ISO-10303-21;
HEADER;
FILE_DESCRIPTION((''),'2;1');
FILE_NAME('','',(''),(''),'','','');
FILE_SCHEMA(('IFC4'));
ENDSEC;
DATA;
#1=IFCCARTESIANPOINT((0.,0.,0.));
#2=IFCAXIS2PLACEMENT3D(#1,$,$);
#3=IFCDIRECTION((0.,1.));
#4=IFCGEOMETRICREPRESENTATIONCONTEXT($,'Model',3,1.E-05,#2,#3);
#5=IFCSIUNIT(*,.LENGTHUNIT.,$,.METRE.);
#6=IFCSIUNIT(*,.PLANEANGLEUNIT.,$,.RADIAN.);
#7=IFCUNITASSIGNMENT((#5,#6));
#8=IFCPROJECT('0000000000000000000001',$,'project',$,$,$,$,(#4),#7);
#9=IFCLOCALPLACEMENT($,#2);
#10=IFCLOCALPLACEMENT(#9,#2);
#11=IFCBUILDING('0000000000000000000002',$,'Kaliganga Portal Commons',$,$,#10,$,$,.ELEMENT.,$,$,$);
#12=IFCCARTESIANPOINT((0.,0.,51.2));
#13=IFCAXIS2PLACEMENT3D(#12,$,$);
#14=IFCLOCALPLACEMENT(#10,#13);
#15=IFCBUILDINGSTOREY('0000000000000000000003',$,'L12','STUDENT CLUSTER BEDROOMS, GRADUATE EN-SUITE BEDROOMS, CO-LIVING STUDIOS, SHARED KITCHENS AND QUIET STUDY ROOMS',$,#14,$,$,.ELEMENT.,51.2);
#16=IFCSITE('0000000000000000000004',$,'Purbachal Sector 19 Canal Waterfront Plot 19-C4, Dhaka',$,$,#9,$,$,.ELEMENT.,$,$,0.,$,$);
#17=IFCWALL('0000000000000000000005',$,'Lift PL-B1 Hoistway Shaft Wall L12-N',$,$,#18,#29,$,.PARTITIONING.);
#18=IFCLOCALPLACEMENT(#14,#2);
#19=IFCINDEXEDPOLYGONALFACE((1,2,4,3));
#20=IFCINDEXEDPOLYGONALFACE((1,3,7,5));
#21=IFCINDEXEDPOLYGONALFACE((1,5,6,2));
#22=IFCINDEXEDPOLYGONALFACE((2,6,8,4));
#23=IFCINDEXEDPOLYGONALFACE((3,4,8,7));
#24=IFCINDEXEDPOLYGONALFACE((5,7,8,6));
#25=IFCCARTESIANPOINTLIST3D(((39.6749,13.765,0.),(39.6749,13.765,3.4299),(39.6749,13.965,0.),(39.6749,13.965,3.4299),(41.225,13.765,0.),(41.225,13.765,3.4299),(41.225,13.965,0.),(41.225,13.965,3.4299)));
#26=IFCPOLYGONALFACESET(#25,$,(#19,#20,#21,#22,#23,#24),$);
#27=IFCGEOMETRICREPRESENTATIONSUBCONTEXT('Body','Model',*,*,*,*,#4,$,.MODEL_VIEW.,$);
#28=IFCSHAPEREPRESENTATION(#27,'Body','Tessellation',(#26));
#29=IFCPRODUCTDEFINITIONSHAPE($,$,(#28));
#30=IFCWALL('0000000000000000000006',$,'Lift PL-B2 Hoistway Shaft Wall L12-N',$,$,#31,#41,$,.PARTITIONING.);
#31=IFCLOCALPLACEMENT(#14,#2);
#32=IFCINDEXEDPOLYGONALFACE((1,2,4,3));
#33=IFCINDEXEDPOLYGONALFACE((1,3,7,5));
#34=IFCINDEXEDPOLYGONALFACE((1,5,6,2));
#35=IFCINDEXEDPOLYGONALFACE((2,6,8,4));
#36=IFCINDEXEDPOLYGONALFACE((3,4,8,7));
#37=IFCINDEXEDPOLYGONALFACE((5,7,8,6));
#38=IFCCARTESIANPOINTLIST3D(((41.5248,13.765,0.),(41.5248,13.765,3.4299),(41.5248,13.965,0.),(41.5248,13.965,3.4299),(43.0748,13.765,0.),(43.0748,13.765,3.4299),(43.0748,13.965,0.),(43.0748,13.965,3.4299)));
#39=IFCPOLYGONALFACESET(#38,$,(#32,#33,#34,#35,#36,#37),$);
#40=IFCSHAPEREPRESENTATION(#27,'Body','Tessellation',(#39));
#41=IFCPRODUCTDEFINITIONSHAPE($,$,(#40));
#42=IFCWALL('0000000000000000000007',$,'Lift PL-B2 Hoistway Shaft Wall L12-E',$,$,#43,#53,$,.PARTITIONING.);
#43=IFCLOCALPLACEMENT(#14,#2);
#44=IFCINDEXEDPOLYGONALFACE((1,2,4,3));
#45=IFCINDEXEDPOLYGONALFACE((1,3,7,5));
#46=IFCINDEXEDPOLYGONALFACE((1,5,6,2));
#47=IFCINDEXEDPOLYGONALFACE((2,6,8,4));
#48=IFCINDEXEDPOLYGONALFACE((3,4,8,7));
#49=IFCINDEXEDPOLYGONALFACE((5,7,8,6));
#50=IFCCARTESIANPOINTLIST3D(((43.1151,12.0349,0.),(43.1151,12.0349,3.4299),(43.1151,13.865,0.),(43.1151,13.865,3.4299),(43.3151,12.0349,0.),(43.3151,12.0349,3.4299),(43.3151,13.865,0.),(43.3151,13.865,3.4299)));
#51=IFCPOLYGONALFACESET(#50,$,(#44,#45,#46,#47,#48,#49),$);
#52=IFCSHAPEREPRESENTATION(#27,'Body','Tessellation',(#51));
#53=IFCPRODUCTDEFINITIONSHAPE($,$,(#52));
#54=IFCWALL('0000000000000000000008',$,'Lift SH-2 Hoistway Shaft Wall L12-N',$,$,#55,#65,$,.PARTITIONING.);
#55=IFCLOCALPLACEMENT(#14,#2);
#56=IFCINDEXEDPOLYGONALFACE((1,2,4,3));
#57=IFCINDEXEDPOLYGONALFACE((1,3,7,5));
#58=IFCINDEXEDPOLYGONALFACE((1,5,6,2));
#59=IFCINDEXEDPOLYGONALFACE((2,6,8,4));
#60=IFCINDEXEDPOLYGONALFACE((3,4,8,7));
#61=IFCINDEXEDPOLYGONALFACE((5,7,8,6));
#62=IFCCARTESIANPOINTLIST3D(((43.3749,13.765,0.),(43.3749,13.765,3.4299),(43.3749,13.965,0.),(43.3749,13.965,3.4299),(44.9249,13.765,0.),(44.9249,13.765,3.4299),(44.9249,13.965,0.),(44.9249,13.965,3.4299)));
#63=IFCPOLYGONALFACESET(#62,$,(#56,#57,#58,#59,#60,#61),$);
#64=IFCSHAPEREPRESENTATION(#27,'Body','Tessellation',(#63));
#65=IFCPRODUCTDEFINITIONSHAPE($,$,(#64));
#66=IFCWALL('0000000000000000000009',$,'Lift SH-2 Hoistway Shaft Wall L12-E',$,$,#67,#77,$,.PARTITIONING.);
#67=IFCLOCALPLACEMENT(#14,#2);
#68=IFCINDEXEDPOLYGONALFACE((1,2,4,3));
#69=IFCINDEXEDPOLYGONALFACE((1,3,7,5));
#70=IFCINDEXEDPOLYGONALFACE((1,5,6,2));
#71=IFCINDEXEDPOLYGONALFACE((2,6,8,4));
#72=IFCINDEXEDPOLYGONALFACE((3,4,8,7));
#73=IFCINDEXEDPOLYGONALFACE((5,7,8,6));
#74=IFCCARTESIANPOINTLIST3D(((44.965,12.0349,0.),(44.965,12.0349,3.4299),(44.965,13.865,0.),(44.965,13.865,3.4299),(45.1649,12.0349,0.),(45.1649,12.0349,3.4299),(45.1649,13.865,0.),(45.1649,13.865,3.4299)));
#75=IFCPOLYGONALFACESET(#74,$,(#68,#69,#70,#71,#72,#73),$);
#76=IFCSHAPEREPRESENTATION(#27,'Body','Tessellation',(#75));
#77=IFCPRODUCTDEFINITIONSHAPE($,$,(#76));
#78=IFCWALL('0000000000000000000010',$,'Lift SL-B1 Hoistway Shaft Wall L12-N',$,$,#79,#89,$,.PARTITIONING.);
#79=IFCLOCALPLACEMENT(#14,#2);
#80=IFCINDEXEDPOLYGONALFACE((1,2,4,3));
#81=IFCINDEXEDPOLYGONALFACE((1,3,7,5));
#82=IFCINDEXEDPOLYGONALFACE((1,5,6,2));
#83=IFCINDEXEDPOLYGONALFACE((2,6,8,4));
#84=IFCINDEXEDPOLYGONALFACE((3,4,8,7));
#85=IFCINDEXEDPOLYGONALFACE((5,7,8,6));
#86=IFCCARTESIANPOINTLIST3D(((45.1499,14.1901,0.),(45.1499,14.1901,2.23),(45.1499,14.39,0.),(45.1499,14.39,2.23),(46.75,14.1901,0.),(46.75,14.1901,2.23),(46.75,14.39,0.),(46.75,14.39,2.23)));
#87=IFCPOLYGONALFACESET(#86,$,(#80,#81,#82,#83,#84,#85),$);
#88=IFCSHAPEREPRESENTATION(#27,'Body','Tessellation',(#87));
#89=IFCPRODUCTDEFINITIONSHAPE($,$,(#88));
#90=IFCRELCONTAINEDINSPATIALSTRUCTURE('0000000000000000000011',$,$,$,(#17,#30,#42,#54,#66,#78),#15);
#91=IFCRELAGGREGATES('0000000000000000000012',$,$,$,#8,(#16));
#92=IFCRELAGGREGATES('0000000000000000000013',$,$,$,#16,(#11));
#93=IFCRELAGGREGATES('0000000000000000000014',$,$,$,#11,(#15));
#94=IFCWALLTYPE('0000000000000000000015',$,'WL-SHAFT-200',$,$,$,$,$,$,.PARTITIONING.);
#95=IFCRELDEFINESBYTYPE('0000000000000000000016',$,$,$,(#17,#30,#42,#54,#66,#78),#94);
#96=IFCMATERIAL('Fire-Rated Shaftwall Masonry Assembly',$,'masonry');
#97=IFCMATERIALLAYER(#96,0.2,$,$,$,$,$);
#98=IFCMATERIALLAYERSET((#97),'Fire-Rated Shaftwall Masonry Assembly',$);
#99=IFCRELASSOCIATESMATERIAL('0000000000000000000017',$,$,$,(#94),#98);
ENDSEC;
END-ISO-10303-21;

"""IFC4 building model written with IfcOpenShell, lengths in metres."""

from ifc_helpers import new_model, si_unit, direction, frame, frame_2d, origin, place, context, subcontext, project, spatial, rectangle, extrude, material, layer, layer_set, type_object, element, save


model = new_model("IFC4")

# Units and contexts
model_context = context("Model", 3, precision=1e-05, world=origin(), true_north=direction((0.0, 1.0)))
body_context = subcontext(model_context, "Body", "Model", "MODEL_VIEW")
ifc_project = project(units=[si_unit("LENGTHUNIT", "METRE"), si_unit("PLANEANGLEUNIT", "RADIAN")], contexts=[model_context])

# Site, building, storey
site_placement = place(None, origin())
site = spatial("IfcSite", under=ifc_project, at=site_placement, Name="Purbachal Sector 19 Canal Waterfront Plot 19-C4, Dhaka", CompositionType="ELEMENT", RefElevation=0.0)
building_placement = place(site_placement, origin())
building = spatial("IfcBuilding", under=site, at=building_placement, Name="Kaliganga Portal Commons", CompositionType="ELEMENT")
storey_placement = place(building_placement, frame((0.0, 0.0, 51.2)))
storey = spatial("IfcBuildingStorey", under=building, at=storey_placement, Name="L12", Description="STUDENT CLUSTER BEDROOMS, GRADUATE EN-SUITE BEDROOMS, CO-LIVING STUDIOS, SHARED KITCHENS AND QUIET STUDY ROOMS", CompositionType="ELEMENT", Elevation=51.2)

# Walls
ifc_material_1 = material(Name="Fire-Rated Shaftwall Masonry Assembly", Category="masonry")
ifc_layer_1 = layer(ifc_material_1, 0.2)
ifc_layer_set_1 = layer_set([ifc_layer_1], Name="Fire-Rated Shaftwall Masonry Assembly")
wall_type_1 = type_object("IfcWallType", Name="WL-SHAFT-200", PredefinedType="PARTITIONING", material=ifc_layer_set_1)
for number, where, z_axis, x_axis, name in (
    (1, (39.675, 13.865, 0.0), (0.0, 0.0, 1.0), (1.0, 0.0, 0.0), "Lift PL-B1 Hoistway Shaft Wall L12-N"),
    (2, (41.5249, 13.865, 0.0), (0.0, 0.0, 1.0), (1.0, 0.0, 0.0), "Lift PL-B2 Hoistway Shaft Wall L12-N"),
):
    element("IfcWall", number, at=place(storey_placement, frame(where, z_axis=z_axis, x_axis=x_axis)), inside=storey, type_object=wall_type_1, Name=name, PredefinedType="PARTITIONING", context=body_context, shape_type="SweptSolid", body=[
        extrude(rectangle(XDim=1.55, YDim=0.2, at=frame_2d((0.7749, 0.0))), origin(), (0.0, 0.0, 1.0), 3.4299),
    ])
wall_1_placement = place(storey_placement, frame((43.2151, 12.0349, 0.0), z_axis=(0.0, 0.0, 1.0), x_axis=(0.0, 1.0, 0.0)))
element("IfcWall", 3, at=wall_1_placement, inside=storey, type_object=wall_type_1, Name="Lift PL-B2 Hoistway Shaft Wall L12-E", PredefinedType="PARTITIONING", context=body_context, shape_type="SweptSolid", body=[
    extrude(rectangle(XDim=1.8301, YDim=0.2, at=frame_2d((0.915, 0.0))), origin(), (0.0, 0.0, 1.0), 3.4299),
])

# Walls
wall_2_placement = place(storey_placement, frame((43.375, 13.865, 0.0), z_axis=(0.0, 0.0, 1.0), x_axis=(1.0, 0.0, 0.0)))
element("IfcWall", 4, at=wall_2_placement, inside=storey, type_object=wall_type_1, Name="Lift SH-2 Hoistway Shaft Wall L12-N", PredefinedType="PARTITIONING", context=body_context, shape_type="SweptSolid", body=[
    extrude(rectangle(XDim=1.55, YDim=0.2, at=frame_2d((0.7749, 0.0))), origin(), (0.0, 0.0, 1.0), 3.4299),
])
wall_3_placement = place(storey_placement, frame((45.0649, 12.0349, 0.0), z_axis=(0.0, 0.0, 1.0), x_axis=(0.0, 1.0, 0.0)))
element("IfcWall", 5, at=wall_3_placement, inside=storey, type_object=wall_type_1, Name="Lift SH-2 Hoistway Shaft Wall L12-E", PredefinedType="PARTITIONING", context=body_context, shape_type="SweptSolid", body=[
    extrude(rectangle(XDim=1.8301, YDim=0.2, at=frame_2d((0.915, 0.0))), origin(), (0.0, 0.0, 1.0), 3.4299),
])
wall_4_placement = place(storey_placement, frame((45.1499, 14.29, 0.0), z_axis=(0.0, 0.0, 1.0), x_axis=(1.0, 0.0, 0.0)))
element("IfcWall", 6, at=wall_4_placement, inside=storey, type_object=wall_type_1, Name="Lift SL-B1 Hoistway Shaft Wall L12-N", PredefinedType="PARTITIONING", context=body_context, shape_type="SweptSolid", body=[
    extrude(rectangle(XDim=1.6001, YDim=0.2, at=frame_2d((0.8, 0.0))), origin(), (0.0, 0.0, 1.0), 2.23),
])

save(model, "model.ifc")
